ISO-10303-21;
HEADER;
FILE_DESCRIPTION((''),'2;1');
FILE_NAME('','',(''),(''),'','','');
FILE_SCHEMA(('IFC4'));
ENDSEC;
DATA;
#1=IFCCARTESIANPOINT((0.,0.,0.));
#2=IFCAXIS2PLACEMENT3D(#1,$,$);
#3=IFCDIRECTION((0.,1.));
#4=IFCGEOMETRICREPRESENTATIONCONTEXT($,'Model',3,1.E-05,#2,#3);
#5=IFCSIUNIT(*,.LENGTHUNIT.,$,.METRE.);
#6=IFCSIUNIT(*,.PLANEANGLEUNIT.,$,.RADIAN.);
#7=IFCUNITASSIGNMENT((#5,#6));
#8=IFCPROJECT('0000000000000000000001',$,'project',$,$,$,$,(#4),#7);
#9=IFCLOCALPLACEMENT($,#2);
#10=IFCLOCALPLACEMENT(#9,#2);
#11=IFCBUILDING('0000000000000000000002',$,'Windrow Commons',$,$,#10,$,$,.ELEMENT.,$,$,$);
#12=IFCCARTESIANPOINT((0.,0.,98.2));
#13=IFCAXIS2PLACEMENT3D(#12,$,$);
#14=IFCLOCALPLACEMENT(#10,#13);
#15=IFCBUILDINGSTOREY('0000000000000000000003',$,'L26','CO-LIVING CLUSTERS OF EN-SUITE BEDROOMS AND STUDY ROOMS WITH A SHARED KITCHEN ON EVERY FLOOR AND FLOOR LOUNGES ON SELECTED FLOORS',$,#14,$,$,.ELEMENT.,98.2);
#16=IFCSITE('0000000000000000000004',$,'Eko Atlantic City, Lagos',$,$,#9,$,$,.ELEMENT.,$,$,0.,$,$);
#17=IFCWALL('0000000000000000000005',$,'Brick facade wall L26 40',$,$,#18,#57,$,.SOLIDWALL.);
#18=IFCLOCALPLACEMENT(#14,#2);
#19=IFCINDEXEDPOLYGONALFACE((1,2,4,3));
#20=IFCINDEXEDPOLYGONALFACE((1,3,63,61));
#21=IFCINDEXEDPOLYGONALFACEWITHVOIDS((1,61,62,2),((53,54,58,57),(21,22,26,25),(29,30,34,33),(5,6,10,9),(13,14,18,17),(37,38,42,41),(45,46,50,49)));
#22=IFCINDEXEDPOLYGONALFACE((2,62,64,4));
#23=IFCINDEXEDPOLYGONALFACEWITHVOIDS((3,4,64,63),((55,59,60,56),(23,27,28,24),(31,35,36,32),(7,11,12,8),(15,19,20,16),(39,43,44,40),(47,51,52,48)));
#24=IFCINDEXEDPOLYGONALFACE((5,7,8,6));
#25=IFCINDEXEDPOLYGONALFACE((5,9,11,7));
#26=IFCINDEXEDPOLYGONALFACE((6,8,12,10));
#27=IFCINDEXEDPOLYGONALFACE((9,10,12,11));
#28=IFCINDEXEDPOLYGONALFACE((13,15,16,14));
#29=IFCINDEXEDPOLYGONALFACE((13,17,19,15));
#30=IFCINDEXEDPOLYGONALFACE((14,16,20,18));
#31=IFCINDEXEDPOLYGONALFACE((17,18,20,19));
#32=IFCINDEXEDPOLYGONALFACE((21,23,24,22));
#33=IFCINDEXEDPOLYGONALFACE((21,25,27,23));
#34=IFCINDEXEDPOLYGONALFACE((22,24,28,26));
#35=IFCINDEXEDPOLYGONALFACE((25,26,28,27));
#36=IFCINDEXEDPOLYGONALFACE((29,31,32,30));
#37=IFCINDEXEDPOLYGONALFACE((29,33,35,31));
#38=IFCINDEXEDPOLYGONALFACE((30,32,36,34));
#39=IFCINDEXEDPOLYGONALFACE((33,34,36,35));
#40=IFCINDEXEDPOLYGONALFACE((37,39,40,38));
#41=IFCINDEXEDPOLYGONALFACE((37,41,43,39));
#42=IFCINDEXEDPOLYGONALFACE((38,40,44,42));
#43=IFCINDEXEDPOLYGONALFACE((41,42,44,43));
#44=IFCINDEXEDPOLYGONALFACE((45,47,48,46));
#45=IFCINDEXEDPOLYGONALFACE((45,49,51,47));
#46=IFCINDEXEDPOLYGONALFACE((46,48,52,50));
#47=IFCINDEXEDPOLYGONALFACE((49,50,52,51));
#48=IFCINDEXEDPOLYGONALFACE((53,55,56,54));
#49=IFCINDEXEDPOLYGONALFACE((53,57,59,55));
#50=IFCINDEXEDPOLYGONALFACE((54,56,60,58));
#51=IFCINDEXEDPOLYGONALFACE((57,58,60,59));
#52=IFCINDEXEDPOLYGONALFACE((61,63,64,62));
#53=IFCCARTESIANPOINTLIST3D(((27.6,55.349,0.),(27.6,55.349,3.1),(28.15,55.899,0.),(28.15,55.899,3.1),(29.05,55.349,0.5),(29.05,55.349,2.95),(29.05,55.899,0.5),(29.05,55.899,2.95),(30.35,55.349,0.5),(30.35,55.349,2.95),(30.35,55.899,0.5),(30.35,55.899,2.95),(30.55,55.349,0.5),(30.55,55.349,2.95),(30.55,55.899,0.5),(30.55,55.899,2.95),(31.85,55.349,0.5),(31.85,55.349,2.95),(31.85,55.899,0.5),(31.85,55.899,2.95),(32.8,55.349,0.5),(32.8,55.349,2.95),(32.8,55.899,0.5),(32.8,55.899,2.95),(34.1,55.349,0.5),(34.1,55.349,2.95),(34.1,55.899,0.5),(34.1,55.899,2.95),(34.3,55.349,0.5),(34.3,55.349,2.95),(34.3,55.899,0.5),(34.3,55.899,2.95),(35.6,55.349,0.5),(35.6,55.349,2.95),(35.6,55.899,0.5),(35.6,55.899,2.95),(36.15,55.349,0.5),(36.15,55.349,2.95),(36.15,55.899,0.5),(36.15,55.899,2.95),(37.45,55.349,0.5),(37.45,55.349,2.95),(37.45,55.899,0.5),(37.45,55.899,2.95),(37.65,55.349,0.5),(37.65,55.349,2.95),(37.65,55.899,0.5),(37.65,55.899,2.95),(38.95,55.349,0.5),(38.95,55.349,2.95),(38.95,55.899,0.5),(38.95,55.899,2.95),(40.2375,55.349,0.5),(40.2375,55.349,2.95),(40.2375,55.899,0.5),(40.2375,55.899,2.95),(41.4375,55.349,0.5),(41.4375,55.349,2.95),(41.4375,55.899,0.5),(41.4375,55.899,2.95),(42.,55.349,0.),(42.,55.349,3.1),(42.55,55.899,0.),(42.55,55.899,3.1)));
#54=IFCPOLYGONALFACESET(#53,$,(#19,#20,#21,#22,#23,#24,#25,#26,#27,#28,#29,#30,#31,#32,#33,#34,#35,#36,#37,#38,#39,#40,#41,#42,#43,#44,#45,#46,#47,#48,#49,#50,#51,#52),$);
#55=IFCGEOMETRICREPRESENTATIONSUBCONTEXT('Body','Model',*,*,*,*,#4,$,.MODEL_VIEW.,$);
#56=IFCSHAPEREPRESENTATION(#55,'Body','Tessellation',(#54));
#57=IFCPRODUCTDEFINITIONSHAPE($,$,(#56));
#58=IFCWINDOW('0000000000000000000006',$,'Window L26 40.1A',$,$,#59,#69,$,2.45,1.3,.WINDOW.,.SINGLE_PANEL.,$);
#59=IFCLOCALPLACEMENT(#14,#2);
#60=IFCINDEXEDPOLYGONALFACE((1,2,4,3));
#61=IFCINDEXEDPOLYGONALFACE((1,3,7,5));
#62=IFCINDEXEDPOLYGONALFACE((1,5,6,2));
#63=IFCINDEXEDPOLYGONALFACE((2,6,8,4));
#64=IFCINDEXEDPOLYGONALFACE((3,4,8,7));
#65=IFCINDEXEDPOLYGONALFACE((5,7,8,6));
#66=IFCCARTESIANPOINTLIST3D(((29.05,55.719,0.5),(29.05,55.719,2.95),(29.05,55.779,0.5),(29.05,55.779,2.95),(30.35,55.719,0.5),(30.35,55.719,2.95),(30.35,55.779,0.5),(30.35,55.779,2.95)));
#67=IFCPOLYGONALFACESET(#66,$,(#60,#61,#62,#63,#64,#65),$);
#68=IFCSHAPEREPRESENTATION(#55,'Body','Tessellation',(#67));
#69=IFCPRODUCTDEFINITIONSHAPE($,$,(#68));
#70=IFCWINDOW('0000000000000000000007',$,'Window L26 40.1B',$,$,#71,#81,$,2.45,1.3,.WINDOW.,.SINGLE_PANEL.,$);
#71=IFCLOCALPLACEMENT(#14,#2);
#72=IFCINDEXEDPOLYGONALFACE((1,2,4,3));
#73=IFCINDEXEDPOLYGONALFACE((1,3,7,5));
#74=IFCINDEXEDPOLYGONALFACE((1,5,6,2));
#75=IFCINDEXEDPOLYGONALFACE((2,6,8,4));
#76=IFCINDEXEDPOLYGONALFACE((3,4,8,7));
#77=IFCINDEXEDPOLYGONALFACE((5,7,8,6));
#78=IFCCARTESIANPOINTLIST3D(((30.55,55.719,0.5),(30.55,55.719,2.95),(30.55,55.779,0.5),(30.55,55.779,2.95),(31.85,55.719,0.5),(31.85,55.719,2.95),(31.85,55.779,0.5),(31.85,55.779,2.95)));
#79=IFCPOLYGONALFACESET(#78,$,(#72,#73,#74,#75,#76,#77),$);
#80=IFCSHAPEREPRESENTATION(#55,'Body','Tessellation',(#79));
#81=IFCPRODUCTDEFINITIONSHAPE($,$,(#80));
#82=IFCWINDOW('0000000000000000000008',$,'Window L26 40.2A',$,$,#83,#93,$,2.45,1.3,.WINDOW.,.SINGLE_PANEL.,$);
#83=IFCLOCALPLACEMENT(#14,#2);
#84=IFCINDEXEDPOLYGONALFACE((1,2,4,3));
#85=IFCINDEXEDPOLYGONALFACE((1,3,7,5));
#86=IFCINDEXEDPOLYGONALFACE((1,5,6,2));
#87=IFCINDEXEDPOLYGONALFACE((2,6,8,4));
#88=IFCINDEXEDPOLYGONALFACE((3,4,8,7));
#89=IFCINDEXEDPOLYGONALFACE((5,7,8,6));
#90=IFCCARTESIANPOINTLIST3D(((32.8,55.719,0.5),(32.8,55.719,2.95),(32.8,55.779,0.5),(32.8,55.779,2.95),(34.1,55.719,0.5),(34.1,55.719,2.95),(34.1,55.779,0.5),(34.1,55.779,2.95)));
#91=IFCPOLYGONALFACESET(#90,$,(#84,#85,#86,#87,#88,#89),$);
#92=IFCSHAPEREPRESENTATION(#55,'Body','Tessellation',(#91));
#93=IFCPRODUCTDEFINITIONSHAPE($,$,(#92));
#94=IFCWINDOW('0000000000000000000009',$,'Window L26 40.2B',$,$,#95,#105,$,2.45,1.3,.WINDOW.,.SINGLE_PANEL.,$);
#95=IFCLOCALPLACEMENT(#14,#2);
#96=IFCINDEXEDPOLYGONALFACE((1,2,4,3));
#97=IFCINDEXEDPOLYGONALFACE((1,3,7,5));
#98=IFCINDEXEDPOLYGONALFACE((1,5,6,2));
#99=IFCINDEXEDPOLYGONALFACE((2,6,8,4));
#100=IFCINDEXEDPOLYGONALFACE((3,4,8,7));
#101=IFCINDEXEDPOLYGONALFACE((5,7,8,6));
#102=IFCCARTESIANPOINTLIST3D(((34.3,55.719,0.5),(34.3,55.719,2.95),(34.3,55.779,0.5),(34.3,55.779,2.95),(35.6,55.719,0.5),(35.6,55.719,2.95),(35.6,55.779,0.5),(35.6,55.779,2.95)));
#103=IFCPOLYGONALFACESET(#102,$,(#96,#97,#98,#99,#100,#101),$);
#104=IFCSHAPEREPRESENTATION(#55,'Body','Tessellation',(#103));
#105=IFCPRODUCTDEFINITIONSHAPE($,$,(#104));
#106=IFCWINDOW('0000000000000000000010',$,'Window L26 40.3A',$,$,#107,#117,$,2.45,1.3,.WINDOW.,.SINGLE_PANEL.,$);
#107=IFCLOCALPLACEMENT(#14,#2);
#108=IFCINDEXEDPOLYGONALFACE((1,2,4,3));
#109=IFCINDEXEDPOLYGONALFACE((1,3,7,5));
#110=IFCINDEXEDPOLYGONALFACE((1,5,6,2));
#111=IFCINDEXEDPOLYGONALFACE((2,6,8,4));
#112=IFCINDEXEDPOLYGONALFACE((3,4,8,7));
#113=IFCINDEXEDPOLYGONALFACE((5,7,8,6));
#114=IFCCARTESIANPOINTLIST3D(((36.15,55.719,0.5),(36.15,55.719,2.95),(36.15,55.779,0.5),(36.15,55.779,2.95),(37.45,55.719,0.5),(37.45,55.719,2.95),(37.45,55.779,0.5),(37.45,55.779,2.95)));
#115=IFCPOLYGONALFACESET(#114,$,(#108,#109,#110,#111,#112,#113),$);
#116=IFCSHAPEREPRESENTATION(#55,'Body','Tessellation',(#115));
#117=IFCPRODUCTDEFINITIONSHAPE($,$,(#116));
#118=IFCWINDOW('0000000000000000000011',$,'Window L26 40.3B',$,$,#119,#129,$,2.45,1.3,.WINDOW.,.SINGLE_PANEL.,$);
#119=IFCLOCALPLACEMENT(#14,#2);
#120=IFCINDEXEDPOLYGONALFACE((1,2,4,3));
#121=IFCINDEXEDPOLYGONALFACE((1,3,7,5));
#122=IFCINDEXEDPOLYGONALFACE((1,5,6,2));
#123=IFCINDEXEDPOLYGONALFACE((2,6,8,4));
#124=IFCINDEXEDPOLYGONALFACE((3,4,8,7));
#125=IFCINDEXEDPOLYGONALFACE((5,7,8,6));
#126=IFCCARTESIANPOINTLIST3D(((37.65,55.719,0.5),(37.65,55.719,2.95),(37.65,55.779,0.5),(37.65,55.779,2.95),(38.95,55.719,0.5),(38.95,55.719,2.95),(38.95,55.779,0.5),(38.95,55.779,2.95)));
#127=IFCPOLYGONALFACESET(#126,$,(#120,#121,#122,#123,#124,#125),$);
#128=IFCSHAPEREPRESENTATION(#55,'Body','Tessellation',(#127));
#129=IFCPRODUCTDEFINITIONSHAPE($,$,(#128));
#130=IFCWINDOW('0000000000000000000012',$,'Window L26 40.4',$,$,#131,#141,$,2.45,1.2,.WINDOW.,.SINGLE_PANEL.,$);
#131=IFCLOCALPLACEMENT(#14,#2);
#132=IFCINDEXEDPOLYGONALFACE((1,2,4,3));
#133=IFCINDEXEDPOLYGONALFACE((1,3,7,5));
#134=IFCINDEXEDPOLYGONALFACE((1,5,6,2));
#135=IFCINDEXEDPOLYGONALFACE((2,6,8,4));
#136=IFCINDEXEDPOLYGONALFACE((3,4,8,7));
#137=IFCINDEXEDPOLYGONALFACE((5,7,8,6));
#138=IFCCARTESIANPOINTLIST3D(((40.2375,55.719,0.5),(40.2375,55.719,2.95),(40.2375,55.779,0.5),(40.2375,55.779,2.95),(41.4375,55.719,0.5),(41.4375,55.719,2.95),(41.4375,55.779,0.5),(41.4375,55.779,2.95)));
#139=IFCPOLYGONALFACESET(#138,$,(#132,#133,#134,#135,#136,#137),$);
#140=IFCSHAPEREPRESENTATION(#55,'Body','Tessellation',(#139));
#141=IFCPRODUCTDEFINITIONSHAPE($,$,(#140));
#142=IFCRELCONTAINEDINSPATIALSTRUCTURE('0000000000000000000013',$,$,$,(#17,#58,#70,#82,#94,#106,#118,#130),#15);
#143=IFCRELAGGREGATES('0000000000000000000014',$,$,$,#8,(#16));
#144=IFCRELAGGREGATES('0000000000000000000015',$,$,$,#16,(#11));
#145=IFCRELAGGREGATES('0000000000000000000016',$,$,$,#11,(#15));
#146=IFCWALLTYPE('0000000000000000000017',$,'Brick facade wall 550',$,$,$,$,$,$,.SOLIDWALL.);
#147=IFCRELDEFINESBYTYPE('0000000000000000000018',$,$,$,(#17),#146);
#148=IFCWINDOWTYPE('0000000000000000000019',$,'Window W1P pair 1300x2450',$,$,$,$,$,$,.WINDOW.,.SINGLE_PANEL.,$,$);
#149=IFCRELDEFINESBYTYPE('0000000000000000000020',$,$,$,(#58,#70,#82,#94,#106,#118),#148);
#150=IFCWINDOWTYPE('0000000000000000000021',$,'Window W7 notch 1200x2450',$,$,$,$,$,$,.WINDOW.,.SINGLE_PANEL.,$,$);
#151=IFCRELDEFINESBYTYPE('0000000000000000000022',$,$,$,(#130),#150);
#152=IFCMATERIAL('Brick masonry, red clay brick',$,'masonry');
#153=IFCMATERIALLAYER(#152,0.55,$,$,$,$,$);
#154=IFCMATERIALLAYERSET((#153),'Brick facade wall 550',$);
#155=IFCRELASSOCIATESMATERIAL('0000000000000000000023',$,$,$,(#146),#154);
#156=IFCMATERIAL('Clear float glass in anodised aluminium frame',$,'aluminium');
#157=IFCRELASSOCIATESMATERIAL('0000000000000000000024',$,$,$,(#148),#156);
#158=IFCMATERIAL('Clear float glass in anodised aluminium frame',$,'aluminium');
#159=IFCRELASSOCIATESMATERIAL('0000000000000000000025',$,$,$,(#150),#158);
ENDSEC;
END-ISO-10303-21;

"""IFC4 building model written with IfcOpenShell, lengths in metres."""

from ifc_helpers import new_model, si_unit, direction, frame, frame_2d, origin, place, context, subcontext, project, spatial, polyline, rectangle, outline, extrude, material, layer, layer_set, type_object, element, fill, save


model = new_model("IFC4")

# Units and contexts
model_context = context("Model", 3, precision=1e-05, world=origin(), true_north=direction((0.0, 1.0)))
body_context = subcontext(model_context, "Body", "Model", "MODEL_VIEW")
ifc_project = project(units=[si_unit("LENGTHUNIT", "METRE"), si_unit("PLANEANGLEUNIT", "RADIAN")], contexts=[model_context])

# Site, building, storey
site_placement = place(None, origin())
site = spatial("IfcSite", under=ifc_project, at=site_placement, Name="Eko Atlantic City, Lagos", CompositionType="ELEMENT", RefElevation=0.0)
building_placement = place(site_placement, origin())
building = spatial("IfcBuilding", under=site, at=building_placement, Name="Windrow Commons", CompositionType="ELEMENT")
storey_placement = place(building_placement, frame((0.0, 0.0, 98.2)))
storey = spatial("IfcBuildingStorey", under=building, at=storey_placement, Name="L26", Description="CO-LIVING CLUSTERS OF EN-SUITE BEDROOMS AND STUDY ROOMS WITH A SHARED KITCHEN ON EVERY FLOOR AND FLOOR LOUNGES ON SELECTED FLOORS", CompositionType="ELEMENT", Elevation=98.2)

# Wall, openings, windows
ifc_material_1 = material(Name="Brick masonry, red clay brick", Category="masonry")
ifc_layer_1 = layer(ifc_material_1, 0.55)
ifc_layer_set_1 = layer_set([ifc_layer_1], Name="Brick facade wall 550")
wall_type_1 = type_object("IfcWallType", Name="Brick facade wall 550", PredefinedType="SOLIDWALL", material=ifc_layer_set_1)
wall_1_placement = place(storey_placement, frame((27.875, 55.624, 0.0), z_axis=(0.0, 0.0, 1.0), x_axis=(1.0, 0.0, 0.0)))
wall_1 = element("IfcWall", 1, at=wall_1_placement, inside=storey, type_object=wall_type_1, Name="Brick facade wall L26 40", PredefinedType="SOLIDWALL", context=body_context, shape_type="SweptSolid", body=[
    extrude(outline(polyline([(-0.275, -0.275), (14.125, -0.275), (14.675, 0.275), (0.275, 0.275), (-0.275, -0.275)])), origin(), (0.0, 0.0, 1.0), 3.1),
])
opening_1_placement = place(wall_1_placement, frame((1.175, 0.0, 0.5)))
opening_1 = element("IfcOpeningElement", 2, at=opening_1_placement, cuts=wall_1, PredefinedType="OPENING", context=body_context, shape_type="SweptSolid", body=[
    extrude(rectangle(XDim=1.3, YDim=2.45, at=frame_2d((0.65, 1.225))), frame((0.0, 0.285, 0.0), z_axis=(0.0, -1.0, 0.0), x_axis=(1.0, 0.0, 0.0)), (0.0, 0.0, 1.0), 0.57),
])
opening_2_placement = place(wall_1_placement, frame((2.675, 0.0, 0.5)))
opening_2 = element("IfcOpeningElement", 3, at=opening_2_placement, cuts=wall_1, PredefinedType="OPENING", context=body_context, shape_type="SweptSolid", body=[
    extrude(rectangle(XDim=1.3, YDim=2.45, at=frame_2d((0.65, 1.225))), frame((0.0, 0.285, 0.0), z_axis=(0.0, -1.0, 0.0), x_axis=(1.0, 0.0, 0.0)), (0.0, 0.0, 1.0), 0.57),
])
opening_3_placement = place(wall_1_placement, frame((4.925, 0.0, 0.5)))
opening_3 = element("IfcOpeningElement", 4, at=opening_3_placement, cuts=wall_1, PredefinedType="OPENING", context=body_context, shape_type="SweptSolid", body=[
    extrude(rectangle(XDim=1.3, YDim=2.45, at=frame_2d((0.65, 1.225))), frame((0.0, 0.285, 0.0), z_axis=(0.0, -1.0, 0.0), x_axis=(1.0, 0.0, 0.0)), (0.0, 0.0, 1.0), 0.57),
])
opening_4_placement = place(wall_1_placement, frame((6.425, 0.0, 0.5)))
opening_4 = element("IfcOpeningElement", 5, at=opening_4_placement, cuts=wall_1, PredefinedType="OPENING", context=body_context, shape_type="SweptSolid", body=[
    extrude(rectangle(XDim=1.3, YDim=2.45, at=frame_2d((0.65, 1.225))), frame((0.0, 0.285, 0.0), z_axis=(0.0, -1.0, 0.0), x_axis=(1.0, 0.0, 0.0)), (0.0, 0.0, 1.0), 0.57),
])
opening_5_placement = place(wall_1_placement, frame((8.275, 0.0, 0.5)))
opening_5 = element("IfcOpeningElement", 6, at=opening_5_placement, cuts=wall_1, PredefinedType="OPENING", context=body_context, shape_type="SweptSolid", body=[
    extrude(rectangle(XDim=1.3, YDim=2.45, at=frame_2d((0.65, 1.225))), frame((0.0, 0.285, 0.0), z_axis=(0.0, -1.0, 0.0), x_axis=(1.0, 0.0, 0.0)), (0.0, 0.0, 1.0), 0.57),
])
opening_6_placement = place(wall_1_placement, frame((9.775, 0.0, 0.5)))
opening_6 = element("IfcOpeningElement", 7, at=opening_6_placement, cuts=wall_1, PredefinedType="OPENING", context=body_context, shape_type="SweptSolid", body=[
    extrude(rectangle(XDim=1.3, YDim=2.45, at=frame_2d((0.65, 1.225))), frame((0.0, 0.285, 0.0), z_axis=(0.0, -1.0, 0.0), x_axis=(1.0, 0.0, 0.0)), (0.0, 0.0, 1.0), 0.57),
])
opening_7_placement = place(wall_1_placement, frame((12.3625, 0.0, 0.5)))
opening_7 = element("IfcOpeningElement", 8, at=opening_7_placement, cuts=wall_1, PredefinedType="OPENING", context=body_context, shape_type="SweptSolid", body=[
    extrude(rectangle(XDim=1.2, YDim=2.45, at=frame_2d((0.6, 1.225))), frame((0.0, 0.285, 0.0), z_axis=(0.0, -1.0, 0.0), x_axis=(1.0, 0.0, 0.0)), (0.0, 0.0, 1.0), 0.57),
])
ifc_material_2 = material(Name="Clear float glass in anodised aluminium frame", Category="aluminium")
window_type_1 = type_object("IfcWindowType", Name="Window W1P pair 1300x2450", PartitioningType="SINGLE_PANEL", PredefinedType="WINDOW", material=ifc_material_2)
window_1_placement = place(opening_1_placement, origin())
window_1 = element("IfcWindow", 9, at=window_1_placement, inside=storey, type_object=window_type_1, Name="Window L26 40.1A", OverallHeight=2.45, OverallWidth=1.3, PartitioningType="SINGLE_PANEL", PredefinedType="WINDOW", context=body_context, shape_type="SweptSolid", body=[
    extrude(rectangle(XDim=1.3, YDim=2.45, at=frame_2d((0.65, 1.225))), frame((0.0, 0.155, 0.0), z_axis=(0.0, -1.0, 0.0), x_axis=(1.0, 0.0, 0.0)), (0.0, 0.0, 1.0), 0.06),
])
fill(opening_1, window_1)
window_2_placement = place(opening_2_placement, origin())
window_2 = element("IfcWindow", 10, at=window_2_placement, inside=storey, type_object=window_type_1, Name="Window L26 40.1B", OverallHeight=2.45, OverallWidth=1.3, PartitioningType="SINGLE_PANEL", PredefinedType="WINDOW", context=body_context, shape_type="SweptSolid", body=[
    extrude(rectangle(XDim=1.3, YDim=2.45, at=frame_2d((0.65, 1.225))), frame((0.0, 0.155, 0.0), z_axis=(0.0, -1.0, 0.0), x_axis=(1.0, 0.0, 0.0)), (0.0, 0.0, 1.0), 0.06),
])
fill(opening_2, window_2)
window_3_placement = place(opening_3_placement, origin())
window_3 = element("IfcWindow", 11, at=window_3_placement, inside=storey, type_object=window_type_1, Name="Window L26 40.2A", OverallHeight=2.45, OverallWidth=1.3, PartitioningType="SINGLE_PANEL", PredefinedType="WINDOW", context=body_context, shape_type="SweptSolid", body=[
    extrude(rectangle(XDim=1.3, YDim=2.45, at=frame_2d((0.65, 1.225))), frame((0.0, 0.155, 0.0), z_axis=(0.0, -1.0, 0.0), x_axis=(1.0, 0.0, 0.0)), (0.0, 0.0, 1.0), 0.06),
])
fill(opening_3, window_3)
window_4_placement = place(opening_4_placement, origin())
window_4 = element("IfcWindow", 12, at=window_4_placement, inside=storey, type_object=window_type_1, Name="Window L26 40.2B", OverallHeight=2.45, OverallWidth=1.3, PartitioningType="SINGLE_PANEL", PredefinedType="WINDOW", context=body_context, shape_type="SweptSolid", body=[
    extrude(rectangle(XDim=1.3, YDim=2.45, at=frame_2d((0.65, 1.225))), frame((0.0, 0.155, 0.0), z_axis=(0.0, -1.0, 0.0), x_axis=(1.0, 0.0, 0.0)), (0.0, 0.0, 1.0), 0.06),
])
fill(opening_4, window_4)
window_5_placement = place(opening_5_placement, origin())
window_5 = element("IfcWindow", 13, at=window_5_placement, inside=storey, type_object=window_type_1, Name="Window L26 40.3A", OverallHeight=2.45, OverallWidth=1.3, PartitioningType="SINGLE_PANEL", PredefinedType="WINDOW", context=body_context, shape_type="SweptSolid", body=[
    extrude(rectangle(XDim=1.3, YDim=2.45, at=frame_2d((0.65, 1.225))), frame((0.0, 0.155, 0.0), z_axis=(0.0, -1.0, 0.0), x_axis=(1.0, 0.0, 0.0)), (0.0, 0.0, 1.0), 0.06),
])
fill(opening_5, window_5)
window_6_placement = place(opening_6_placement, origin())
window_6 = element("IfcWindow", 14, at=window_6_placement, inside=storey, type_object=window_type_1, Name="Window L26 40.3B", OverallHeight=2.45, OverallWidth=1.3, PartitioningType="SINGLE_PANEL", PredefinedType="WINDOW", context=body_context, shape_type="SweptSolid", body=[
    extrude(rectangle(XDim=1.3, YDim=2.45, at=frame_2d((0.65, 1.225))), frame((0.0, 0.155, 0.0), z_axis=(0.0, -1.0, 0.0), x_axis=(1.0, 0.0, 0.0)), (0.0, 0.0, 1.0), 0.06),
])
fill(opening_6, window_6)
ifc_material_3 = material(Name="Clear float glass in anodised aluminium frame", Category="aluminium")
window_type_2 = type_object("IfcWindowType", Name="Window W7 notch 1200x2450", PartitioningType="SINGLE_PANEL", PredefinedType="WINDOW", material=ifc_material_3)
window_7_placement = place(opening_7_placement, origin())
window_7 = element("IfcWindow", 15, at=window_7_placement, inside=storey, type_object=window_type_2, Name="Window L26 40.4", OverallHeight=2.45, OverallWidth=1.2, PartitioningType="SINGLE_PANEL", PredefinedType="WINDOW", context=body_context, shape_type="SweptSolid", body=[
    extrude(rectangle(XDim=1.2, YDim=2.45, at=frame_2d((0.6, 1.225))), frame((0.0, 0.155, 0.0), z_axis=(0.0, -1.0, 0.0), x_axis=(1.0, 0.0, 0.0)), (0.0, 0.0, 1.0), 0.06),
])
fill(opening_7, window_7)

save(model, "model.ifc")
